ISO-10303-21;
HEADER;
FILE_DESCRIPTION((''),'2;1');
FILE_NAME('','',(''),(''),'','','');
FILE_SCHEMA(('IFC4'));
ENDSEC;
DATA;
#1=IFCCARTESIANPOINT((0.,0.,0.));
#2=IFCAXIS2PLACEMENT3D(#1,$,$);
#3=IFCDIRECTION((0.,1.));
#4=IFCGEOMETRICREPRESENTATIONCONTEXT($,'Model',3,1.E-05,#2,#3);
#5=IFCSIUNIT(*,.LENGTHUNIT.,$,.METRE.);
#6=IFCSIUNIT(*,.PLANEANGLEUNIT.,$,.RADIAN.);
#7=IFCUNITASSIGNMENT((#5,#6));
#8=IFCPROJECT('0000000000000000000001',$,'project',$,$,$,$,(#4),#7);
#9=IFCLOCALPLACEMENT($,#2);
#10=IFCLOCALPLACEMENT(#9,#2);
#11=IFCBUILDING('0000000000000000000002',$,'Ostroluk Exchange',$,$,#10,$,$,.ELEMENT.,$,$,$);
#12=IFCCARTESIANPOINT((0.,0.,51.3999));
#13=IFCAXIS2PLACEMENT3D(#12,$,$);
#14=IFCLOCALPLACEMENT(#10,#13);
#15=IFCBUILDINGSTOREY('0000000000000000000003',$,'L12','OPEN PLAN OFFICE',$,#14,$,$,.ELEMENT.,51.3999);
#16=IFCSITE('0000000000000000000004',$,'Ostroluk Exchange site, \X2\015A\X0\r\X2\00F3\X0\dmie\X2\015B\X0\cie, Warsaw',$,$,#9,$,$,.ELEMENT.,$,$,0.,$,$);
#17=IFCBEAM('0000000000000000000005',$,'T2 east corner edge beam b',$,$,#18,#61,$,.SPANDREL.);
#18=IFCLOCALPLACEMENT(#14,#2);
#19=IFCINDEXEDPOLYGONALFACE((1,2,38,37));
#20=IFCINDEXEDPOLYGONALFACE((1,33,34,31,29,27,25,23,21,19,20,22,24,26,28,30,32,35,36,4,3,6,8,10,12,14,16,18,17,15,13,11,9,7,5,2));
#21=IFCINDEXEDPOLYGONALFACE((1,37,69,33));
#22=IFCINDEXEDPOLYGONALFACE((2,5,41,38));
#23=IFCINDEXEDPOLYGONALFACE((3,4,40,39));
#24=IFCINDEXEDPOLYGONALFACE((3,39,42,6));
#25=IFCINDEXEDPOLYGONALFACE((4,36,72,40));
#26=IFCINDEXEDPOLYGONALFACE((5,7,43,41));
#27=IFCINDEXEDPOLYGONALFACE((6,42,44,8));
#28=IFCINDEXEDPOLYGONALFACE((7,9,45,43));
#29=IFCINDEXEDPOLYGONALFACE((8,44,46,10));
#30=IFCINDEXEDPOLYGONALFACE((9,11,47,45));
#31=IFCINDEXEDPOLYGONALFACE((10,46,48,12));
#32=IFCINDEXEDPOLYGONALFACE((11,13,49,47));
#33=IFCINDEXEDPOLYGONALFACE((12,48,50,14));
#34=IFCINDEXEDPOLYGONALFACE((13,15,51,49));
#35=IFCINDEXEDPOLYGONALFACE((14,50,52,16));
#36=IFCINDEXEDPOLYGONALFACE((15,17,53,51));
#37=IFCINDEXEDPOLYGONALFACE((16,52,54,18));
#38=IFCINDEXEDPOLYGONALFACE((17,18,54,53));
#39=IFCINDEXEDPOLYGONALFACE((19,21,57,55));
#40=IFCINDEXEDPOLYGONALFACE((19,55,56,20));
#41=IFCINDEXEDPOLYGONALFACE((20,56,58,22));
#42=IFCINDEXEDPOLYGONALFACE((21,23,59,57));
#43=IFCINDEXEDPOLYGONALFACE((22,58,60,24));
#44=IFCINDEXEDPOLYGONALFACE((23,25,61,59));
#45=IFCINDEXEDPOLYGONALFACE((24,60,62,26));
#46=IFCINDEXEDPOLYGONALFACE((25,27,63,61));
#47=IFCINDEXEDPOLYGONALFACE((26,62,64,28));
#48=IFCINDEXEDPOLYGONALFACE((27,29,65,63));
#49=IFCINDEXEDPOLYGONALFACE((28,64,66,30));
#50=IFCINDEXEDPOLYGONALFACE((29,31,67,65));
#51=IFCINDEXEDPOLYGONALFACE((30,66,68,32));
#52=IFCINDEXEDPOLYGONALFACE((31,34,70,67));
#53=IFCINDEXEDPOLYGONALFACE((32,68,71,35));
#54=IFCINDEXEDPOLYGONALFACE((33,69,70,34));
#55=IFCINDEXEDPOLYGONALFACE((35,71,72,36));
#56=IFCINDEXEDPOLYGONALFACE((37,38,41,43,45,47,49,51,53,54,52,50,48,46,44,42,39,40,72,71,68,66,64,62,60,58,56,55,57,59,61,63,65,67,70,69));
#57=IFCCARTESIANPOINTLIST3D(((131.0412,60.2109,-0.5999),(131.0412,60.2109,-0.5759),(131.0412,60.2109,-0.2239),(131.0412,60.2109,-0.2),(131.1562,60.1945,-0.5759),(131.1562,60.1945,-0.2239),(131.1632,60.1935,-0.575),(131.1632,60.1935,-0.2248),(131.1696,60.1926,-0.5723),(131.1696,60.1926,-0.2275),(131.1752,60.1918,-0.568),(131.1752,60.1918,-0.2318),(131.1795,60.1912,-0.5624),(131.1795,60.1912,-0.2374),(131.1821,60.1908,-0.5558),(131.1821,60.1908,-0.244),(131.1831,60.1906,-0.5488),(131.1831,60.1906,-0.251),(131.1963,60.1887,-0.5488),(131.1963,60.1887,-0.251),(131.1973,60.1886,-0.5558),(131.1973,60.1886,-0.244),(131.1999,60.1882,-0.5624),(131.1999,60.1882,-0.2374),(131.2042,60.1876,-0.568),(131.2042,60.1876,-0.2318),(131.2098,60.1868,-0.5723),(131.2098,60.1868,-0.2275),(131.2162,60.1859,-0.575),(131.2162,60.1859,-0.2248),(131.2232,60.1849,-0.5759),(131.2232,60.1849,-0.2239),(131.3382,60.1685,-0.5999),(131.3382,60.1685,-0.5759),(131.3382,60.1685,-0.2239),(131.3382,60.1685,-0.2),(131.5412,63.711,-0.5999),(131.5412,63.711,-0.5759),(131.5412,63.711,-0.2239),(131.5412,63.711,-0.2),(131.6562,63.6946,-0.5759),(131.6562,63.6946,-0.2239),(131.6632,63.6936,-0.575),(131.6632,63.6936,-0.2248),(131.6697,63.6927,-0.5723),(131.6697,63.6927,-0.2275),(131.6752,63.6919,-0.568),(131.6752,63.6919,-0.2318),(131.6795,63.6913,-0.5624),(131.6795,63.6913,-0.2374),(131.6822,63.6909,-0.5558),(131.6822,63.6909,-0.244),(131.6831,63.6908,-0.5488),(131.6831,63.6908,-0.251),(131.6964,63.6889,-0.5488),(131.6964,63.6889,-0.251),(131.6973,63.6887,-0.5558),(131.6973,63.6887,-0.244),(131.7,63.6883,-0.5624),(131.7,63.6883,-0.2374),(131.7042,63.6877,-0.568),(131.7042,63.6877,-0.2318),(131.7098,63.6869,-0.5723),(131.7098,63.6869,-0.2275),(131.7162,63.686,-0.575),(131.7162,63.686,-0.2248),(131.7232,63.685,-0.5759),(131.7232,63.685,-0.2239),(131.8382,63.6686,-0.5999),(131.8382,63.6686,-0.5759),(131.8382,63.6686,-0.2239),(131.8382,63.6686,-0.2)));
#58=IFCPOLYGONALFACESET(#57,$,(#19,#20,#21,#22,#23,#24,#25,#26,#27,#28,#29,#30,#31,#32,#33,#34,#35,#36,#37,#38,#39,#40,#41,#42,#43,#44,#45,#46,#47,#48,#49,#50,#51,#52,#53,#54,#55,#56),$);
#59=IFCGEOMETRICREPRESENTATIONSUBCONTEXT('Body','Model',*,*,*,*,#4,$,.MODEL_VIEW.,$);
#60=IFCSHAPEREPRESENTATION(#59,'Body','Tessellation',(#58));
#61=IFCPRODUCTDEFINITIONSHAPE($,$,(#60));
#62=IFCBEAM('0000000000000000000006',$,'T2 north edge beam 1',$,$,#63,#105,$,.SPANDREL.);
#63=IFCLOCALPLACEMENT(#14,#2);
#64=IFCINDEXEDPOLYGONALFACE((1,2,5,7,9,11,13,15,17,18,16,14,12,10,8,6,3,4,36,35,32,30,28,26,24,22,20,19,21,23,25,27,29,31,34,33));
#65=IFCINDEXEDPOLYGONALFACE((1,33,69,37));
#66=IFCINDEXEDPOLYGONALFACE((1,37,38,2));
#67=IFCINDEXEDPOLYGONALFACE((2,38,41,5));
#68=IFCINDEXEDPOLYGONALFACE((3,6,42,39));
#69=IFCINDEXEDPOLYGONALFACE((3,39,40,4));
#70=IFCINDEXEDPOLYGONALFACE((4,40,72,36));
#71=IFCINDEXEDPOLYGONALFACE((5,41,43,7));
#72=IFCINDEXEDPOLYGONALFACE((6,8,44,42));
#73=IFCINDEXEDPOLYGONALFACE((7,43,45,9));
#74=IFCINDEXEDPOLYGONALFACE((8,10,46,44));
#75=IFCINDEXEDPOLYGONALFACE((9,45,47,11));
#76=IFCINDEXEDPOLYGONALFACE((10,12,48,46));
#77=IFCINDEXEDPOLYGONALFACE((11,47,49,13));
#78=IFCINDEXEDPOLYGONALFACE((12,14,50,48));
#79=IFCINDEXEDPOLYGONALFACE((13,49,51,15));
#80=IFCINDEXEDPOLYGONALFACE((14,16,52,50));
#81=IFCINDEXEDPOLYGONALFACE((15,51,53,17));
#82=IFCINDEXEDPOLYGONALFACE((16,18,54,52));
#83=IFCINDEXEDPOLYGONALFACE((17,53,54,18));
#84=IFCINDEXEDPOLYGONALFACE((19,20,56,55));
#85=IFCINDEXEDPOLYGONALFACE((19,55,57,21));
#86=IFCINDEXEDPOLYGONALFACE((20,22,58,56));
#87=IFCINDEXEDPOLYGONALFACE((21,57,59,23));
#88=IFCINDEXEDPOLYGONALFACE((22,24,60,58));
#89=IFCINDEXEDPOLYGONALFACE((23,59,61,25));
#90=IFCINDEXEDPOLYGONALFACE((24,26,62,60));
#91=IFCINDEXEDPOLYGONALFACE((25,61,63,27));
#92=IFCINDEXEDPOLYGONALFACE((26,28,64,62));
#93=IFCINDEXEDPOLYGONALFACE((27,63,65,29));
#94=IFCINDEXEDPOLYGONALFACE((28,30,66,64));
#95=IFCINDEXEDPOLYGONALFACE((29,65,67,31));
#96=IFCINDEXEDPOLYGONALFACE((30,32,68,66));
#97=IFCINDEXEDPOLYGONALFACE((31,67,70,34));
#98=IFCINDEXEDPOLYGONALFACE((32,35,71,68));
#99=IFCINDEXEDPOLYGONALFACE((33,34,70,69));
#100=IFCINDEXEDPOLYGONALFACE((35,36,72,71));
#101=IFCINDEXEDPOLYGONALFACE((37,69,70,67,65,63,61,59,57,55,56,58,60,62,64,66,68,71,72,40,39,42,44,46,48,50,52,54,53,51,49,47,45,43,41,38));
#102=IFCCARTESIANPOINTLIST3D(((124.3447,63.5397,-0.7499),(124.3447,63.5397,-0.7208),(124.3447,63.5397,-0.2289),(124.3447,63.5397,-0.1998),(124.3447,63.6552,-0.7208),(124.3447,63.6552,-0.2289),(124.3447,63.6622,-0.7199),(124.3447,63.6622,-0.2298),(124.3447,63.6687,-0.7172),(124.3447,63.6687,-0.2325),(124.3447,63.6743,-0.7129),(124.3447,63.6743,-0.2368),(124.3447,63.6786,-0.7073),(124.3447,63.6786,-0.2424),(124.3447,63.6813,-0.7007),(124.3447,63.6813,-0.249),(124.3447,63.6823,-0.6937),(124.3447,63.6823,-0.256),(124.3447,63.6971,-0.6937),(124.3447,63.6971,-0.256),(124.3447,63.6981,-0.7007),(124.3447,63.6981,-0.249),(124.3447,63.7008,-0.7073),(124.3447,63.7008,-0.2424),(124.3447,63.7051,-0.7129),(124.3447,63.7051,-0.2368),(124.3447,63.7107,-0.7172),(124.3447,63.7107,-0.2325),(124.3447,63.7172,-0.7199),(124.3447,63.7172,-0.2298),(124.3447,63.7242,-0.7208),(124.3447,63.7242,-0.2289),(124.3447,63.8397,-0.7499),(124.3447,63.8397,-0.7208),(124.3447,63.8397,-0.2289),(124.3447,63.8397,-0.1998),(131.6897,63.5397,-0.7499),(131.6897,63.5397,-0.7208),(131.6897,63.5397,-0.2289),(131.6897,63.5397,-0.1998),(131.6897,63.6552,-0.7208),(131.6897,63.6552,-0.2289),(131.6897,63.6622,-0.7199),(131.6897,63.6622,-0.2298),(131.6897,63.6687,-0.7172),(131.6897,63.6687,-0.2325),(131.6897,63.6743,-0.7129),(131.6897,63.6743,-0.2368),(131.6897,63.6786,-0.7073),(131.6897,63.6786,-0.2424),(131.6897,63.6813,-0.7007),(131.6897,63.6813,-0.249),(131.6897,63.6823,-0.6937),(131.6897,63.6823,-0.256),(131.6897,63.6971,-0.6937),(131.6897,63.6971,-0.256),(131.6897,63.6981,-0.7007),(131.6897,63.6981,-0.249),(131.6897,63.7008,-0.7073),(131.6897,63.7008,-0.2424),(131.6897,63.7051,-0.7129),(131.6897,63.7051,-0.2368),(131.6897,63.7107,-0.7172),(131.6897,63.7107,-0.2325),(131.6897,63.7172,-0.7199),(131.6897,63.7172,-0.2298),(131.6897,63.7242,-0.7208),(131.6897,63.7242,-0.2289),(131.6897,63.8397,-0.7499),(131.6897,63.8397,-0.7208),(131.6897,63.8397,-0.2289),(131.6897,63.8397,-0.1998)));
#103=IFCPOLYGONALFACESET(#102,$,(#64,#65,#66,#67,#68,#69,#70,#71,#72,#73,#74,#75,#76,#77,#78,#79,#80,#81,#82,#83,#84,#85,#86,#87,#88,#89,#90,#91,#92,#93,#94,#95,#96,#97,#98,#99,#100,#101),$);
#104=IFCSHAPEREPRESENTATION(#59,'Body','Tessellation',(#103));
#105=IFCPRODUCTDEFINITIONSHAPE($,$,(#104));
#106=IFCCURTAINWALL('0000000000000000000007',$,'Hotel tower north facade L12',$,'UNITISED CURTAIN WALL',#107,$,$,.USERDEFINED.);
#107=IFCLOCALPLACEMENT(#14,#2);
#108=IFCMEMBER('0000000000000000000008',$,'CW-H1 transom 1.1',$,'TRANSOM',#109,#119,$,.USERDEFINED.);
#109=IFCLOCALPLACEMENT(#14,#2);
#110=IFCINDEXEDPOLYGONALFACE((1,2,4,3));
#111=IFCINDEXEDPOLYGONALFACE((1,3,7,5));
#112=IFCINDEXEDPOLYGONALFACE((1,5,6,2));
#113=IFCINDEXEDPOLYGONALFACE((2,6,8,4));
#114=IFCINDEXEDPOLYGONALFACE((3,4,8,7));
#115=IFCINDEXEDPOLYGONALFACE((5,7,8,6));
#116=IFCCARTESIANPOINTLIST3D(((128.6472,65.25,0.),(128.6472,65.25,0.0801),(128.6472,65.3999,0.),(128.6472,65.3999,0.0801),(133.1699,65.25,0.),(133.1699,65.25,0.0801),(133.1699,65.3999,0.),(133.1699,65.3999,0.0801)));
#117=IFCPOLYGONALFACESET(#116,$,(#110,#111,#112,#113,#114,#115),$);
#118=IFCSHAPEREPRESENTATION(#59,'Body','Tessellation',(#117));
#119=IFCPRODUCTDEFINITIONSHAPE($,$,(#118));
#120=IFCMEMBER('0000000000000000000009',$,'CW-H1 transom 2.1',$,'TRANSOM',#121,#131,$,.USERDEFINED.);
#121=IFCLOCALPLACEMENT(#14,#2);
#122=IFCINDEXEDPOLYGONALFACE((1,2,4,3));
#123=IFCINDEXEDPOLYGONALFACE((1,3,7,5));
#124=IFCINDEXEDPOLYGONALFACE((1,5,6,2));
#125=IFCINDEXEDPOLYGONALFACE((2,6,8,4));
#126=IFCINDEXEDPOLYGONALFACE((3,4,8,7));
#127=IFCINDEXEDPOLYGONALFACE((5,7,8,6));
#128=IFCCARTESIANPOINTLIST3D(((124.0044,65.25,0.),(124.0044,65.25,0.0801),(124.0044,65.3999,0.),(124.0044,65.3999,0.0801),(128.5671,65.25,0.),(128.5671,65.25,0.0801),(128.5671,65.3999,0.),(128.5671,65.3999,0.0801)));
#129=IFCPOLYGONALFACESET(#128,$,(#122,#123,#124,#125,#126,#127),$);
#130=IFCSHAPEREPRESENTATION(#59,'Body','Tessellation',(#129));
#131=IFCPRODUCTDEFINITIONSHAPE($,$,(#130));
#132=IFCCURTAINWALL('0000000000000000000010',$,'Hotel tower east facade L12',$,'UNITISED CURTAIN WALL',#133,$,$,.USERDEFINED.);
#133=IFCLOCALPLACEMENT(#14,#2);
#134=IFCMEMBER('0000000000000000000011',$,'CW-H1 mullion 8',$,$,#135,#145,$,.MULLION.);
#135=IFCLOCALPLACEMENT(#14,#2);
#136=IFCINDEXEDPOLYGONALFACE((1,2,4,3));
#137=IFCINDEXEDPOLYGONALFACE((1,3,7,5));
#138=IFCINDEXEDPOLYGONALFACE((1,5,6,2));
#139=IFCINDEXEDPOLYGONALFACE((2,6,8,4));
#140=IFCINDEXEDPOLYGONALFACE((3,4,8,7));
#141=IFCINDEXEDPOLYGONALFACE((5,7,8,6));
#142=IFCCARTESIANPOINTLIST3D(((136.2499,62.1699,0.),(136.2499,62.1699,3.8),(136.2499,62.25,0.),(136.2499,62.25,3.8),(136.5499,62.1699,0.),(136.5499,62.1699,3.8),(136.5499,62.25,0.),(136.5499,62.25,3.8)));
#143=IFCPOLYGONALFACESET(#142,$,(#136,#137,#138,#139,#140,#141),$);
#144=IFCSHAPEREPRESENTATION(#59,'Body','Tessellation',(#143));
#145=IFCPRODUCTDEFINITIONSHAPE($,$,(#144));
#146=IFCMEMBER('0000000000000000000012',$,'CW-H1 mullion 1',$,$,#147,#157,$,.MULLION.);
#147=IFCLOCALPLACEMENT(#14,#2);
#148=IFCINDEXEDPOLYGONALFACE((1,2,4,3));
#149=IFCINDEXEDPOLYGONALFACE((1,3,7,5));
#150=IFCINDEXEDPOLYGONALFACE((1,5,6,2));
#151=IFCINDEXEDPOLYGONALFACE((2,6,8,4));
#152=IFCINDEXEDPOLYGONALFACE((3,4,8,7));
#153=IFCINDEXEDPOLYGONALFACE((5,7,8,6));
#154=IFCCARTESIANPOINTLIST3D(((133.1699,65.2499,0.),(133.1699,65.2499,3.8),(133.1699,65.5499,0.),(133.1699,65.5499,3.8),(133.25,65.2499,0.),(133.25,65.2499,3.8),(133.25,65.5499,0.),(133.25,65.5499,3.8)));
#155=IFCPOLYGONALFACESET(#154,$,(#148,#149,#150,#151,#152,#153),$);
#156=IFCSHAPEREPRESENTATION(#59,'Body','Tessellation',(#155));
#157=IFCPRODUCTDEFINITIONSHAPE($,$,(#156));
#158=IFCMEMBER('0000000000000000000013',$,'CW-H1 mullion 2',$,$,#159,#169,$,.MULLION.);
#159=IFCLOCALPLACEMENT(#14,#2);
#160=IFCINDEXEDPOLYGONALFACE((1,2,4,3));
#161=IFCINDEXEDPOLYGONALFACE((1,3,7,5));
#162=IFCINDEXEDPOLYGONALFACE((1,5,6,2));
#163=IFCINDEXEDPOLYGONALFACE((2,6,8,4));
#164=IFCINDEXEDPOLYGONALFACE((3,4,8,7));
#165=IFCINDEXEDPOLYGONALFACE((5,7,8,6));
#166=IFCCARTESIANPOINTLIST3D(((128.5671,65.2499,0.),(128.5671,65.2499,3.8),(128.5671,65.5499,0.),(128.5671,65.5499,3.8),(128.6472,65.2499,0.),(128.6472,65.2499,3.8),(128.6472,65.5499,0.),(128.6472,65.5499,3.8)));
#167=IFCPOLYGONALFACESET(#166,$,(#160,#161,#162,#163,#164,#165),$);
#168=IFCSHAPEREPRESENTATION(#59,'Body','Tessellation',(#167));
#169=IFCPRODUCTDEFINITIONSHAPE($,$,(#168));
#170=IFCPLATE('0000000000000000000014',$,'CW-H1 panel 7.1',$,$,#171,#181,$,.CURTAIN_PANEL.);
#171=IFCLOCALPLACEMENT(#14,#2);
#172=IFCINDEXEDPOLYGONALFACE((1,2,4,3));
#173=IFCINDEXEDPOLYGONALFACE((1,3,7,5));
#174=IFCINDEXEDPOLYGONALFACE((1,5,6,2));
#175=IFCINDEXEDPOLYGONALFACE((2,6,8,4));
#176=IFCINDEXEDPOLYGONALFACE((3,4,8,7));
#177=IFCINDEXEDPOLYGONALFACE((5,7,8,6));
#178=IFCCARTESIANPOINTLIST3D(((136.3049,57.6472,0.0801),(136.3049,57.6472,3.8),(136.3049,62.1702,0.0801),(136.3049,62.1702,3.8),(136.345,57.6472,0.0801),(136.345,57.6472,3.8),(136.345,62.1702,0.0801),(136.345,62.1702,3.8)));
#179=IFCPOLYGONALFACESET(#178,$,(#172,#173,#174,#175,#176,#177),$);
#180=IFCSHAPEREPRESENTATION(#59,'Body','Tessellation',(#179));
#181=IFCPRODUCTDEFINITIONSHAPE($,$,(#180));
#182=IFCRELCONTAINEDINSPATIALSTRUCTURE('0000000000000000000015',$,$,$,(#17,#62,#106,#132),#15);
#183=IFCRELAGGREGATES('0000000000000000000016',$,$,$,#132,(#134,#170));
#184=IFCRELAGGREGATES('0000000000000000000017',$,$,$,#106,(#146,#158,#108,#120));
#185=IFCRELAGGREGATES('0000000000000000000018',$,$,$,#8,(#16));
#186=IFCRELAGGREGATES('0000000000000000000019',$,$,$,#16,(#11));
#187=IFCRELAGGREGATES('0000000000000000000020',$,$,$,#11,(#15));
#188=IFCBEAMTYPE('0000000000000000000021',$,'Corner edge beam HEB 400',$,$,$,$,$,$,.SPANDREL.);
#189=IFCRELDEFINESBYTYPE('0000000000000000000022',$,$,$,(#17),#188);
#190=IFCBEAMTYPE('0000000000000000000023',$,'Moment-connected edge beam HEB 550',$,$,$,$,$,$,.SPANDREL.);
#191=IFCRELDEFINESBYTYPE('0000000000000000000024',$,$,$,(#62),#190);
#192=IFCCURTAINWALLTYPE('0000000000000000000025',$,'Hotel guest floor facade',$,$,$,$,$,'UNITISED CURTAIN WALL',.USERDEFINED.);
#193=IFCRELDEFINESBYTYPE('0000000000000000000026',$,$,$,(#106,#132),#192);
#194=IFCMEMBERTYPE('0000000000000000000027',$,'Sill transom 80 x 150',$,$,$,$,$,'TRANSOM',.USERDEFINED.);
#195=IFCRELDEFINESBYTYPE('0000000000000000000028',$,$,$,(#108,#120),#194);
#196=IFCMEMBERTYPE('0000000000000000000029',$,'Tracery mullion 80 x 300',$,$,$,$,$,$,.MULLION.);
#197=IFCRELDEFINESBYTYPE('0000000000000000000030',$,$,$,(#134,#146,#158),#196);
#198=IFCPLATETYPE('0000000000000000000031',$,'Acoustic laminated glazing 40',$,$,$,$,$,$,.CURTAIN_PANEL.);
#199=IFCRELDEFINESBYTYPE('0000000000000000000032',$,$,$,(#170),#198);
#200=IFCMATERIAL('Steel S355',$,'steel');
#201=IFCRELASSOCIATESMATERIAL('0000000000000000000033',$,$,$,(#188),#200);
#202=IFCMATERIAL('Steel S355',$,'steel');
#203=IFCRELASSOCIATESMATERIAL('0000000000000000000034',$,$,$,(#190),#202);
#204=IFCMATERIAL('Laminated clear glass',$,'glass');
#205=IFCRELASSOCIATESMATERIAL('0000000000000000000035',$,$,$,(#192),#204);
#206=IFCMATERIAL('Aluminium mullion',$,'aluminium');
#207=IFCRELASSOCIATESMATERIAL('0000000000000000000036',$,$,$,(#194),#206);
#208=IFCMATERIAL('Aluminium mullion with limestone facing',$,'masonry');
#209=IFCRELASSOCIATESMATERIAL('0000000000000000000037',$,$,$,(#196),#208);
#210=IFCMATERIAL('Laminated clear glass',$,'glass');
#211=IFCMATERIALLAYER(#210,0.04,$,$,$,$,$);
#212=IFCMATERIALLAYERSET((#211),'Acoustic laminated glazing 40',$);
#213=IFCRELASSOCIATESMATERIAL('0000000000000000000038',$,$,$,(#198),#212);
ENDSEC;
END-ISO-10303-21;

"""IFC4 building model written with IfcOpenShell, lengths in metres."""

from ifc_helpers import new_model, si_unit, direction, frame, origin, origin_2d, place, context, subcontext, project, spatial, rectangle, i_section, extrude, material, layer, layer_set, material_profile, profile_set, type_object, element, aggregate, save


model = new_model("IFC4")

# Units and contexts
model_context = context("Model", 3, precision=1e-05, world=origin(), true_north=direction((0.0, 1.0)))
body_context = subcontext(model_context, "Body", "Model", "MODEL_VIEW")
ifc_project = project(units=[si_unit("LENGTHUNIT", "METRE"), si_unit("PLANEANGLEUNIT", "RADIAN")], contexts=[model_context])

# Site, building, storey
site_placement = place(None, origin())
site = spatial("IfcSite", under=ifc_project, at=site_placement, Name="Ostroluk Exchange site, Śródmieście, Warsaw", CompositionType="ELEMENT", RefElevation=0.0)
building_placement = place(site_placement, origin())
building = spatial("IfcBuilding", under=site, at=building_placement, Name="Ostroluk Exchange", CompositionType="ELEMENT")
storey_placement = place(building_placement, frame((0.0, 0.0, 51.3999)))
storey = spatial("IfcBuildingStorey", under=building, at=storey_placement, Name="L12", Description="OPEN PLAN OFFICE", CompositionType="ELEMENT", Elevation=51.3999)

# Beams
ifc_material_1 = material(Name="Steel S355", Category="steel")
ifc_material_profile_1 = material_profile(ifc_material_1, i_section(OverallWidth=0.3, OverallDepth=0.3999, WebThickness=0.0134, FlangeThickness=0.0239, FilletRadius=0.0271, at=origin_2d()), Name="HEB 400")
ifc_profile_set_1 = profile_set([ifc_material_profile_1], Name="Steel S355")
beam_type_1 = type_object("IfcBeamType", Name="Corner edge beam HEB 400", PredefinedType="SPANDREL", material=ifc_profile_set_1)
for number, where, z_axis, x_axis, name in (
    (1, (131.1897, 60.1897, -0.3999), (0.141421, 0.989949, 0.0), (-0.989949, 0.141421, 0.0), "T2 east corner edge beam b"),
):
    element("IfcBeam", number, at=place(storey_placement, frame(where, z_axis=z_axis, x_axis=x_axis)), inside=storey, type_object=beam_type_1, Name=name, PredefinedType="SPANDREL", context=body_context, shape_type="SweptSolid", body=[
        extrude(i_section(OverallWidth=0.3, OverallDepth=0.3999, WebThickness=0.0134, FlangeThickness=0.0239, FilletRadius=0.0271, at=origin_2d()), origin(), (0.0, 0.0, 1.0), 3.5356),
    ])
ifc_material_2 = material(Name="Steel S355", Category="steel")
ifc_material_profile_2 = material_profile(ifc_material_2, i_section(OverallWidth=0.3, OverallDepth=0.55, WebThickness=0.0149, FlangeThickness=0.0291, FilletRadius=0.0271, at=origin_2d()), Name="HEB 550")
ifc_profile_set_2 = profile_set([ifc_material_profile_2], Name="Steel S355")
beam_type_2 = type_object("IfcBeamType", Name="Moment-connected edge beam HEB 550", PredefinedType="SPANDREL", material=ifc_profile_set_2)
beam_1_placement = place(storey_placement, frame((131.6897, 63.6897, -0.4749), z_axis=(-1.0, 0.0, 0.0), x_axis=(0.0, -1.0, 0.0)))
element("IfcBeam", 2, at=beam_1_placement, inside=storey, type_object=beam_type_2, Name="T2 north edge beam 1", PredefinedType="SPANDREL", context=body_context, shape_type="SweptSolid", body=[
    extrude(i_section(OverallWidth=0.3, OverallDepth=0.55, WebThickness=0.0149, FlangeThickness=0.0291, FilletRadius=0.0271, at=origin_2d()), origin(), (0.0, 0.0, 1.0), 7.345),
])

# Curtain wall, members
ifc_material_3 = material(Name="Laminated clear glass", Category="glass")
curtain_wall_type = type_object("IfcCurtainWallType", Name="Hotel guest floor facade", ElementType="UNITISED CURTAIN WALL", PredefinedType="USERDEFINED", material=ifc_material_3)
curtain_wall_1_placement = place(storey_placement, origin())
curtain_wall_1 = element("IfcCurtainWall", 3, at=curtain_wall_1_placement, inside=storey, type_object=curtain_wall_type, Name="Hotel tower north facade L12", ObjectType="UNITISED CURTAIN WALL", PredefinedType="USERDEFINED")
ifc_material_4 = material(Name="Aluminium mullion", Category="aluminium")
ifc_material_profile_3 = material_profile(ifc_material_4, rectangle(XDim=0.1499, YDim=0.0801, at=origin_2d()), Name="Sill transom 80 x 150")
ifc_profile_set_3 = profile_set([ifc_material_profile_3], Name="Aluminium mullion")
member_type_1 = type_object("IfcMemberType", Name="Sill transom 80 x 150", ElementType="TRANSOM", PredefinedType="USERDEFINED", material=ifc_profile_set_3)
member_1_placement = place(storey_placement, frame((133.1699, 65.325, 0.04), z_axis=(-1.0, 0.0, 0.0), x_axis=(0.0, -1.0, 0.0)))
member_1 = element("IfcMember", 4, at=member_1_placement, type_object=member_type_1, Name="CW-H1 transom 1.1", ObjectType="TRANSOM", PredefinedType="USERDEFINED", context=body_context, shape_type="SweptSolid", body=[
    extrude(rectangle(XDim=0.1499, YDim=0.0801, at=origin_2d()), origin(), (0.0, 0.0, 1.0), 4.5227),
])
member_2_placement = place(storey_placement, frame((128.5671, 65.325, 0.04), z_axis=(-1.0, 0.0, 0.0), x_axis=(0.0, -1.0, 0.0)))
member_2 = element("IfcMember", 5, at=member_2_placement, type_object=member_type_1, Name="CW-H1 transom 2.1", ObjectType="TRANSOM", PredefinedType="USERDEFINED", context=body_context, shape_type="SweptSolid", body=[
    extrude(rectangle(XDim=0.1499, YDim=0.0801, at=origin_2d()), origin(), (0.0, 0.0, 1.0), 4.5627),
])

# Curtain wall, member
curtain_wall_2_placement = place(storey_placement, origin())
curtain_wall_2 = element("IfcCurtainWall", 6, at=curtain_wall_2_placement, inside=storey, type_object=curtain_wall_type, Name="Hotel tower east facade L12", ObjectType="UNITISED CURTAIN WALL", PredefinedType="USERDEFINED")
ifc_material_5 = material(Name="Aluminium mullion with limestone facing", Category="masonry")
ifc_material_profile_4 = material_profile(ifc_material_5, rectangle(XDim=0.3, YDim=0.0801, at=origin_2d()), Name="Tracery mullion 80 x 300")
ifc_profile_set_4 = profile_set([ifc_material_profile_4], Name="Aluminium mullion with limestone facing")
member_type_2 = type_object("IfcMemberType", Name="Tracery mullion 80 x 300", PredefinedType="MULLION", material=ifc_profile_set_4)
member_3_placement = place(storey_placement, frame((136.3999, 62.21, 0.0), z_axis=(0.0, 0.0, 1.0), x_axis=(-1.0, 0.0, 0.0)))
member_3 = element("IfcMember", 7, at=member_3_placement, type_object=member_type_2, Name="CW-H1 mullion 8", PredefinedType="MULLION", context=body_context, shape_type="SweptSolid", body=[
    extrude(rectangle(XDim=0.3, YDim=0.0801, at=origin_2d()), origin(), (0.0, 0.0, 1.0), 3.8),
])

# Members
member_4_placement = place(storey_placement, frame((133.21, 65.3999, 0.0), z_axis=(0.0, 0.0, 1.0), x_axis=(0.0, -1.0, 0.0)))
member_4 = element("IfcMember", 8, at=member_4_placement, type_object=member_type_2, Name="CW-H1 mullion 1", PredefinedType="MULLION", context=body_context, shape_type="SweptSolid", body=[
    extrude(rectangle(XDim=0.3, YDim=0.0801, at=origin_2d()), origin(), (0.0, 0.0, 1.0), 3.8),
])
member_5_placement = place(storey_placement, frame((128.6072, 65.3999, 0.0), z_axis=(0.0, 0.0, 1.0), x_axis=(0.0, -1.0, 0.0)))
member_5 = element("IfcMember", 9, at=member_5_placement, type_object=member_type_2, Name="CW-H1 mullion 2", PredefinedType="MULLION", context=body_context, shape_type="SweptSolid", body=[
    extrude(rectangle(XDim=0.3, YDim=0.0801, at=origin_2d()), origin(), (0.0, 0.0, 1.0), 3.8),
])

# Plate
ifc_material_6 = material(Name="Laminated clear glass", Category="glass")
ifc_layer_1 = layer(ifc_material_6, 0.04)
ifc_layer_set_1 = layer_set([ifc_layer_1], Name="Acoustic laminated glazing 40")
plate_type_1 = type_object("IfcPlateType", Name="Acoustic laminated glazing 40", PredefinedType="CURTAIN_PANEL", material=ifc_layer_set_1)
plate_1_placement = place(storey_placement, frame((136.325, 59.9087, 0.0801), z_axis=(0.0, 0.0, 1.0), x_axis=(0.0, 1.0, 0.0)))
plate_1 = element("IfcPlate", 10, at=plate_1_placement, type_object=plate_type_1, Name="CW-H1 panel 7.1", PredefinedType="CURTAIN_PANEL", context=body_context, shape_type="SweptSolid", body=[
    extrude(rectangle(XDim=4.5229, YDim=0.04, at=origin_2d()), origin(), (0.0, 0.0, 1.0), 3.72),
])
aggregate(curtain_wall_2, [member_3, plate_1])
aggregate(curtain_wall_1, [member_4, member_5, member_1, member_2])

save(model, "model.ifc")
